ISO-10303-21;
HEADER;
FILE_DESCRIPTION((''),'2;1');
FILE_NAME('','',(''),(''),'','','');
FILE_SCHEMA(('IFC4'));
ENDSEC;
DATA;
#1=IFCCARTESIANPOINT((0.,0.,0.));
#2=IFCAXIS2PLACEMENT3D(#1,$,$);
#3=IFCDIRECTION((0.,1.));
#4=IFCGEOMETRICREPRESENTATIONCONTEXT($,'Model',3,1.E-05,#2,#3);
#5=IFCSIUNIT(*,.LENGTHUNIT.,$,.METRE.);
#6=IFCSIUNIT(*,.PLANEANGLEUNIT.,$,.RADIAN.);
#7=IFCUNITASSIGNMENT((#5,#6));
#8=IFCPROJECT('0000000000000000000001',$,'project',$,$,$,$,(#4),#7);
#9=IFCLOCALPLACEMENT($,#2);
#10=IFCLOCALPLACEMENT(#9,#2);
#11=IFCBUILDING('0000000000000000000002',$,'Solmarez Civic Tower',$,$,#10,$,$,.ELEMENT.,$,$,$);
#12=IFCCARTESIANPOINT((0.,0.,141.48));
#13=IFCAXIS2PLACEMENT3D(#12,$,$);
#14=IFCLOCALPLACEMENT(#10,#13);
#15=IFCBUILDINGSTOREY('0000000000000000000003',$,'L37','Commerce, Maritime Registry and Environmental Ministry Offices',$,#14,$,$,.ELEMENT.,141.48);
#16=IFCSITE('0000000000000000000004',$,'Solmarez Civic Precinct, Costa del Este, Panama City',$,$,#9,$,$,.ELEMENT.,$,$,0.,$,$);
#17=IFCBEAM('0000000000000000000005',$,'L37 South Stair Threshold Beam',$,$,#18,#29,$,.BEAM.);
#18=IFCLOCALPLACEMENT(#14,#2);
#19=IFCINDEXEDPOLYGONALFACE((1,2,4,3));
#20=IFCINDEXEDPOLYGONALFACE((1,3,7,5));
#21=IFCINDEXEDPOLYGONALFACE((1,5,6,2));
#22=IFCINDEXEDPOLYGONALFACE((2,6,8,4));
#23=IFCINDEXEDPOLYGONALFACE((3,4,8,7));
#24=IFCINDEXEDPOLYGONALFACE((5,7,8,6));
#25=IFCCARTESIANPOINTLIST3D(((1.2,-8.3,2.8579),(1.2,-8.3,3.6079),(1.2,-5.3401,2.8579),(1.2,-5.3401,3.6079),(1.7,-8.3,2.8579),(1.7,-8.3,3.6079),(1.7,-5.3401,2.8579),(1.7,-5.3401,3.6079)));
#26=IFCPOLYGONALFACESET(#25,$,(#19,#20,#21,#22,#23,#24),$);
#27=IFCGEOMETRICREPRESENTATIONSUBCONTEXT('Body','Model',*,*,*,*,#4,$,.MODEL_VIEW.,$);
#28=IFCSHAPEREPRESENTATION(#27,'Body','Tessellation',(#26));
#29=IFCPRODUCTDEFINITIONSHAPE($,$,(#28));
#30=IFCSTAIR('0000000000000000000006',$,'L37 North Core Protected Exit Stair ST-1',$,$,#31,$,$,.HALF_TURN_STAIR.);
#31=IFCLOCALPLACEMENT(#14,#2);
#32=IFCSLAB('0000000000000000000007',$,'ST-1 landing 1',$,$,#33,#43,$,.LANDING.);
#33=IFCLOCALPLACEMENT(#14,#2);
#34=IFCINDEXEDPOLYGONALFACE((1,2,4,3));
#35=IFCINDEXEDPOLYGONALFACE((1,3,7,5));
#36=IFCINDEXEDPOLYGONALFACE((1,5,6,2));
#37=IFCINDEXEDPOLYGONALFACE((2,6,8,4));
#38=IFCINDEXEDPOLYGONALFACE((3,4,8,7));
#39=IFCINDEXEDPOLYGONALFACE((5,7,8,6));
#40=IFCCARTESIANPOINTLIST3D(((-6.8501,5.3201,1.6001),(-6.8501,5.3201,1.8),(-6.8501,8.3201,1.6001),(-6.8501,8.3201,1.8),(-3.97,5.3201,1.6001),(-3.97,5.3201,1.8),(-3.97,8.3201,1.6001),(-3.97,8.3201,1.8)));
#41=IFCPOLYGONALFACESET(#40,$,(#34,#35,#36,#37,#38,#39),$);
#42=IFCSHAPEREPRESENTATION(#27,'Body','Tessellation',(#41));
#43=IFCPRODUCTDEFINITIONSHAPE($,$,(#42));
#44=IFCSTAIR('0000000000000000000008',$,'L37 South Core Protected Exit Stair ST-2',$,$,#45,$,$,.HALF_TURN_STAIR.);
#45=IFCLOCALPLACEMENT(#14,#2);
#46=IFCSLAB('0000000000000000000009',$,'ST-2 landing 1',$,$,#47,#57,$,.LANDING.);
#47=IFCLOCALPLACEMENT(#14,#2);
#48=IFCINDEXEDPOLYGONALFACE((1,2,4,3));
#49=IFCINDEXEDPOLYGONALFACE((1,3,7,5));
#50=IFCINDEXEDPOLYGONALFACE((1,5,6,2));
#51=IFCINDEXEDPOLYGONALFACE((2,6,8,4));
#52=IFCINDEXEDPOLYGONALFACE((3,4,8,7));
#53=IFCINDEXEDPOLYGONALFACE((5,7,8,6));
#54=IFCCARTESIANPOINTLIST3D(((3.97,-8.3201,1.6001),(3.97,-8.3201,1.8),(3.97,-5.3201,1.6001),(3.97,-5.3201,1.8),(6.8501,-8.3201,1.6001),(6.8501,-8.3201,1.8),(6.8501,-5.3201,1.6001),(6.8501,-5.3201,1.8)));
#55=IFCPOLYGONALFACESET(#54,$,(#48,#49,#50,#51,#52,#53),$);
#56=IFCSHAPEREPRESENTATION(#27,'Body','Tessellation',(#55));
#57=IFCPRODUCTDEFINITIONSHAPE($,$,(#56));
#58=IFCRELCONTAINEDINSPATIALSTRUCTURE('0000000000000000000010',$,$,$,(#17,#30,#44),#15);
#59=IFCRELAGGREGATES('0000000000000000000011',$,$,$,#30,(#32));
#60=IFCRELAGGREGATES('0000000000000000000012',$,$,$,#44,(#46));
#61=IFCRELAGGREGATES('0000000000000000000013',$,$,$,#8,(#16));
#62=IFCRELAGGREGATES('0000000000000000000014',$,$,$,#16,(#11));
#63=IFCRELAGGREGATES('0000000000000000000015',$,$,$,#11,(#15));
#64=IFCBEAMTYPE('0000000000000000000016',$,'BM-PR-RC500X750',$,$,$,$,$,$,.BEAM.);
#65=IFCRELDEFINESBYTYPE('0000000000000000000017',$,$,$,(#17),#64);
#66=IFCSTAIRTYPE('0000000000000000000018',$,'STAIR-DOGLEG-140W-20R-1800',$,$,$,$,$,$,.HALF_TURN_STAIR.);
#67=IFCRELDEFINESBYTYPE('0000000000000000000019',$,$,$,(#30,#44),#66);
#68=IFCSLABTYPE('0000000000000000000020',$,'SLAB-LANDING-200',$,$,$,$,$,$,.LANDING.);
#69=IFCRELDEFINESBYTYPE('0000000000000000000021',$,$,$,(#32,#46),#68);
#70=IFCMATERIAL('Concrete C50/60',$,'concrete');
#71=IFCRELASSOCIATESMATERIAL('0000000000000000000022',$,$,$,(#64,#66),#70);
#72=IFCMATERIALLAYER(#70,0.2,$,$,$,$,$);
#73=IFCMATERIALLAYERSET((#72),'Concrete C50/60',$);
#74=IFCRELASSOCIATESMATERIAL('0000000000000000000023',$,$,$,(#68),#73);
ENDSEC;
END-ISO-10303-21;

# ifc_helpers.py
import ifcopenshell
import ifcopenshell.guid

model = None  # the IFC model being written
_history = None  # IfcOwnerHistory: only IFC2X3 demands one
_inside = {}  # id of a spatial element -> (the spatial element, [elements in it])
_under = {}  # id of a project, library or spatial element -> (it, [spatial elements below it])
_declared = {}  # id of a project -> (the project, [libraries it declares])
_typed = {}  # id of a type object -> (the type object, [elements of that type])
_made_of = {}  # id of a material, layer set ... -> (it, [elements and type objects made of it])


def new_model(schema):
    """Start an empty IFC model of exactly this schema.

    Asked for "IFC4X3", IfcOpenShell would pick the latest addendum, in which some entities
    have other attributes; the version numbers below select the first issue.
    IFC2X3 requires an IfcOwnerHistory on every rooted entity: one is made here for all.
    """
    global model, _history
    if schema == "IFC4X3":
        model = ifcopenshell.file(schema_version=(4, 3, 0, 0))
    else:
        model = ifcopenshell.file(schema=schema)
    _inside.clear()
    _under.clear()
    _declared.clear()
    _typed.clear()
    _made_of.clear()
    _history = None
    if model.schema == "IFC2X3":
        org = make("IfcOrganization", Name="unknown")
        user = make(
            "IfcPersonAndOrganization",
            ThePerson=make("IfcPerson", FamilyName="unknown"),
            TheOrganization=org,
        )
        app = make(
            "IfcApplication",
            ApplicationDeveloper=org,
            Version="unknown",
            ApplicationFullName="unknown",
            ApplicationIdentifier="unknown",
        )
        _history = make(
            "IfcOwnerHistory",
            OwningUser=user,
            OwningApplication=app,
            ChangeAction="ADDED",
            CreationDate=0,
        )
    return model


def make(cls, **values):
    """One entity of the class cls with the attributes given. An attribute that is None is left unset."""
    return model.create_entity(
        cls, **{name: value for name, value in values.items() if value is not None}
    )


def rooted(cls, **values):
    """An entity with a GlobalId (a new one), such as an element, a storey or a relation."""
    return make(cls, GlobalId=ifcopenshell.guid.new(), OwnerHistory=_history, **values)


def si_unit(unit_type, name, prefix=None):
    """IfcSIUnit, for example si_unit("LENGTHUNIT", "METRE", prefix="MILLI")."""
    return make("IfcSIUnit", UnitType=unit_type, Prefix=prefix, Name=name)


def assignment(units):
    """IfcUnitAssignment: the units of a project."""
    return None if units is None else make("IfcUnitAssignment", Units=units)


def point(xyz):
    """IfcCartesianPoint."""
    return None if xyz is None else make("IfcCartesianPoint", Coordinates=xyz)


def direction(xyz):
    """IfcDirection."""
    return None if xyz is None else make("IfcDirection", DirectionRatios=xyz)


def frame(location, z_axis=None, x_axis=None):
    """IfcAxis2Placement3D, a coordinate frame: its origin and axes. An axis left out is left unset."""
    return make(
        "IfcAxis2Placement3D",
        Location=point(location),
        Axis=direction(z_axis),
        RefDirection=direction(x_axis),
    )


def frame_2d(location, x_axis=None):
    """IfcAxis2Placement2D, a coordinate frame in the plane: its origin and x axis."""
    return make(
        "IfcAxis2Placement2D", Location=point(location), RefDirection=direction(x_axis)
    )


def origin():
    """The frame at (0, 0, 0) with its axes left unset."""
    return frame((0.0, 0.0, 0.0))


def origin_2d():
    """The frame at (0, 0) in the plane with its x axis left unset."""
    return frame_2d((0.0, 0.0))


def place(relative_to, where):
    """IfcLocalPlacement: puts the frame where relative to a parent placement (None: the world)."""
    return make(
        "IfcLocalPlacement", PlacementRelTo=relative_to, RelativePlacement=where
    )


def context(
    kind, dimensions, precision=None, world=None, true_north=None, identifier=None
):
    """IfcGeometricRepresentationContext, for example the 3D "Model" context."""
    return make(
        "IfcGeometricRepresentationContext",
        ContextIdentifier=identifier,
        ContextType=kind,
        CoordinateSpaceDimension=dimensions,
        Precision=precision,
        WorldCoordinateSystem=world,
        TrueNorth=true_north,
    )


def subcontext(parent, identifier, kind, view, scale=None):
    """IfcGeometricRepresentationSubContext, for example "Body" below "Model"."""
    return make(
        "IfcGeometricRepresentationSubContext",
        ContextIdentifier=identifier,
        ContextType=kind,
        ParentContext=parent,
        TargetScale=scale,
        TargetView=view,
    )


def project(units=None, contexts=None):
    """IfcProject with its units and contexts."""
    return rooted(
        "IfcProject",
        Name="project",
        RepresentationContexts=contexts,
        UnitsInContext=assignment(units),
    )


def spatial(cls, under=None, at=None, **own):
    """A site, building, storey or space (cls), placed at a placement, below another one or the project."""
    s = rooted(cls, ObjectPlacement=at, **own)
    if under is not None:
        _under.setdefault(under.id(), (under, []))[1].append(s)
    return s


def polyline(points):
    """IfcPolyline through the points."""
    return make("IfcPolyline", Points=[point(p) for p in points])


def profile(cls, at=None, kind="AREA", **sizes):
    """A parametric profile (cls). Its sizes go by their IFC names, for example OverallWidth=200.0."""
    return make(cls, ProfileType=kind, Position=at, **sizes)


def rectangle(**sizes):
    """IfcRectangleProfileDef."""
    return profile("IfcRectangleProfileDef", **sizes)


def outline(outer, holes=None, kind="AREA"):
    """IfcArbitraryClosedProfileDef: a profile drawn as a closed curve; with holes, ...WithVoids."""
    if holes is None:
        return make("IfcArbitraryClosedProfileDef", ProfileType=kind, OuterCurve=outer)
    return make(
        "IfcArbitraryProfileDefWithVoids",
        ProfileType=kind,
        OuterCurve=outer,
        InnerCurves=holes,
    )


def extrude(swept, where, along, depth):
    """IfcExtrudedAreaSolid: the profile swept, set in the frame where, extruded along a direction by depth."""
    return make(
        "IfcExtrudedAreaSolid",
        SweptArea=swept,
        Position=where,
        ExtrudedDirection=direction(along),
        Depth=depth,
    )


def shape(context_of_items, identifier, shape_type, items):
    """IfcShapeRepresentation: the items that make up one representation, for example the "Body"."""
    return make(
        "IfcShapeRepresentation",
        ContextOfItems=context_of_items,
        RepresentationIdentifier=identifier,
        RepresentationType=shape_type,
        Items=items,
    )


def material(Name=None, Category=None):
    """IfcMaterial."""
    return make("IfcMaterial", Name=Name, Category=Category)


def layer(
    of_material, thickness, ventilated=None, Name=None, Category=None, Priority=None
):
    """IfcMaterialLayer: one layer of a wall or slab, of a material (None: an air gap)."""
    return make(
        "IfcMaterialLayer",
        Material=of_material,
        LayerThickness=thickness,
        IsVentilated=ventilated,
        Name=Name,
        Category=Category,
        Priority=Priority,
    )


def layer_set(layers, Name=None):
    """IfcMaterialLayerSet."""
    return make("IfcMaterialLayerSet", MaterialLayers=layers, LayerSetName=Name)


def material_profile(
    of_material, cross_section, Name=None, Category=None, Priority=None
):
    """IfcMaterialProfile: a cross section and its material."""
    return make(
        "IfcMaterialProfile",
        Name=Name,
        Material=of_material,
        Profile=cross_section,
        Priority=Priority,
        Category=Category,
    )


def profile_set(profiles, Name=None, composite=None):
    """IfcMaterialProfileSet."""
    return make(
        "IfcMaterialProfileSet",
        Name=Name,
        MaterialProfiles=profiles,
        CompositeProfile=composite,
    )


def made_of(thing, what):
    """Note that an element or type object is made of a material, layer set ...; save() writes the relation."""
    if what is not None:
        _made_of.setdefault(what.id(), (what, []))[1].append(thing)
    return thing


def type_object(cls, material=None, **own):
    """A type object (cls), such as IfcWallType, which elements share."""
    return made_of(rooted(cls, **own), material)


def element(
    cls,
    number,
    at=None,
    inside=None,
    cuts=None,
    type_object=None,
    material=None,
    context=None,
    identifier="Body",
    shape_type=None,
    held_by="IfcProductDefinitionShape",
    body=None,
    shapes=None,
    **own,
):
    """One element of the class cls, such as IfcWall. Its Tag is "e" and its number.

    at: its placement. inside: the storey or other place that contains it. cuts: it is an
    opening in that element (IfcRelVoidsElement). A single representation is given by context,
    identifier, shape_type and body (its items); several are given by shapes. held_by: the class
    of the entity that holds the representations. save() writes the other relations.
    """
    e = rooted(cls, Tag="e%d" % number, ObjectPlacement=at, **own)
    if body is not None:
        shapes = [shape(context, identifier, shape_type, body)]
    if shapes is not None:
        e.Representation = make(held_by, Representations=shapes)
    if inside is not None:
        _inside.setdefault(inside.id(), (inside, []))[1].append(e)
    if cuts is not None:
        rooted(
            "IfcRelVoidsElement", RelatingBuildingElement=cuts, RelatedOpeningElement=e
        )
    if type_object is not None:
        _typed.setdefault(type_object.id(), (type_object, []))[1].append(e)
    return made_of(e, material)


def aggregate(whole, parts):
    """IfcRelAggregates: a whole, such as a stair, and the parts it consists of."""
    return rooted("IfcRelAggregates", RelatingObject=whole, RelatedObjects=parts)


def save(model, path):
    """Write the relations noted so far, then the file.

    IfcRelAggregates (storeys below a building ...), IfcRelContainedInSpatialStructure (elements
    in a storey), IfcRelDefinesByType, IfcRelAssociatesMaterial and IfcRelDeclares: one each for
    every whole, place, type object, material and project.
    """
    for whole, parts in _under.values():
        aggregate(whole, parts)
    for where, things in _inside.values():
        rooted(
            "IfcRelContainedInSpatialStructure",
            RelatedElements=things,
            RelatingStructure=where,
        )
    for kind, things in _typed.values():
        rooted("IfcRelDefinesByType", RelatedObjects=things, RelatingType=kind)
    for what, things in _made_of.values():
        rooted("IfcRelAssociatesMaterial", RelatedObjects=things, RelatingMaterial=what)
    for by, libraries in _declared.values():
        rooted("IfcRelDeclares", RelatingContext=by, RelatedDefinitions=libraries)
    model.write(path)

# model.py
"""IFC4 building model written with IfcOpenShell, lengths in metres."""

from ifc_helpers import new_model, si_unit, direction, frame, origin, origin_2d, place, context, subcontext, project, spatial, polyline, rectangle, outline, extrude, material, layer, layer_set, material_profile, profile_set, type_object, element, aggregate, save


model = new_model("IFC4")

# Units and contexts
model_context = context("Model", 3, precision=1e-05, world=origin(), true_north=direction((0.0, 1.0)))
body_context = subcontext(model_context, "Body", "Model", "MODEL_VIEW")
ifc_project = project(units=[si_unit("LENGTHUNIT", "METRE"), si_unit("PLANEANGLEUNIT", "RADIAN")], contexts=[model_context])

# Site, building, storey
site_placement = place(None, origin())
site = spatial("IfcSite", under=ifc_project, at=site_placement, Name="Solmarez Civic Precinct, Costa del Este, Panama City", CompositionType="ELEMENT", RefElevation=0.0)
building_placement = place(site_placement, origin())
building = spatial("IfcBuilding", under=site, at=building_placement, Name="Solmarez Civic Tower", CompositionType="ELEMENT")
storey_placement = place(building_placement, frame((0.0, 0.0, 141.48)))
storey = spatial("IfcBuildingStorey", under=building, at=storey_placement, Name="L37", Description="Commerce, Maritime Registry and Environmental Ministry Offices", CompositionType="ELEMENT", Elevation=141.48)

# Beam
ifc_material_1 = material(Name="Concrete C50/60", Category="concrete")
ifc_material_profile = material_profile(ifc_material_1, rectangle(XDim=0.5, YDim=0.75, at=origin_2d()), Name="RC500X750")
ifc_profile_set = profile_set([ifc_material_profile], Name="Concrete C50/60")
beam_type = type_object("IfcBeamType", Name="BM-PR-RC500X750", PredefinedType="BEAM", material=ifc_profile_set)
beam_placement = place(storey_placement, frame((1.45, -8.3, 3.2329), z_axis=(0.0, 1.0, 0.0), x_axis=(-1.0, 0.0, 0.0)))
element("IfcBeam", 1, at=beam_placement, inside=storey, type_object=beam_type, Name="L37 South Stair Threshold Beam", PredefinedType="BEAM", context=body_context, shape_type="SweptSolid", body=[
    extrude(rectangle(XDim=0.5, YDim=0.75, at=origin_2d()), origin(), (0.0, 0.0, 1.0), 2.96),
])

# Stairs, slabs
stair_type = type_object("IfcStairType", Name="STAIR-DOGLEG-140W-20R-1800", PredefinedType="HALF_TURN_STAIR", material=ifc_material_1)
stair_1_placement = place(storey_placement, origin())
stair_1 = element("IfcStair", 2, at=stair_1_placement, inside=storey, type_object=stair_type, Name="L37 North Core Protected Exit Stair ST-1", PredefinedType="HALF_TURN_STAIR")
ifc_layer_1 = layer(ifc_material_1, 0.2)
ifc_layer_set_1 = layer_set([ifc_layer_1], Name="Concrete C50/60")
slab_type_1 = type_object("IfcSlabType", Name="SLAB-LANDING-200", PredefinedType="LANDING", material=ifc_layer_set_1)
slab_1_placement = place(storey_placement, frame((0.0, 0.0, 1.6001)))
slab_1 = element("IfcSlab", 3, at=slab_1_placement, type_object=slab_type_1, Name="ST-1 landing 1", PredefinedType="LANDING", context=body_context, shape_type="SweptSolid", body=[
    extrude(outline(polyline([(-3.97, 8.3201), (-6.8501, 8.3201), (-6.8501, 5.3201), (-3.97, 5.3201), (-3.97, 8.3201)])), origin(), (0.0, 0.0, 1.0), 0.2),
])
aggregate(stair_1, [slab_1])
stair_2_placement = place(storey_placement, origin())
stair_2 = element("IfcStair", 4, at=stair_2_placement, inside=storey, type_object=stair_type, Name="L37 South Core Protected Exit Stair ST-2", PredefinedType="HALF_TURN_STAIR")
slab_2_placement = place(storey_placement, frame((0.0, 0.0, 1.6001)))
slab_2 = element("IfcSlab", 5, at=slab_2_placement, type_object=slab_type_1, Name="ST-2 landing 1", PredefinedType="LANDING", context=body_context, shape_type="SweptSolid", body=[
    extrude(outline(polyline([(3.97, -8.3201), (6.8501, -8.3201), (6.8501, -5.3201), (3.97, -5.3201), (3.97, -8.3201)])), origin(), (0.0, 0.0, 1.0), 0.2),
])

aggregate(stair_2, [slab_2])

save(model, "model.ifc")
